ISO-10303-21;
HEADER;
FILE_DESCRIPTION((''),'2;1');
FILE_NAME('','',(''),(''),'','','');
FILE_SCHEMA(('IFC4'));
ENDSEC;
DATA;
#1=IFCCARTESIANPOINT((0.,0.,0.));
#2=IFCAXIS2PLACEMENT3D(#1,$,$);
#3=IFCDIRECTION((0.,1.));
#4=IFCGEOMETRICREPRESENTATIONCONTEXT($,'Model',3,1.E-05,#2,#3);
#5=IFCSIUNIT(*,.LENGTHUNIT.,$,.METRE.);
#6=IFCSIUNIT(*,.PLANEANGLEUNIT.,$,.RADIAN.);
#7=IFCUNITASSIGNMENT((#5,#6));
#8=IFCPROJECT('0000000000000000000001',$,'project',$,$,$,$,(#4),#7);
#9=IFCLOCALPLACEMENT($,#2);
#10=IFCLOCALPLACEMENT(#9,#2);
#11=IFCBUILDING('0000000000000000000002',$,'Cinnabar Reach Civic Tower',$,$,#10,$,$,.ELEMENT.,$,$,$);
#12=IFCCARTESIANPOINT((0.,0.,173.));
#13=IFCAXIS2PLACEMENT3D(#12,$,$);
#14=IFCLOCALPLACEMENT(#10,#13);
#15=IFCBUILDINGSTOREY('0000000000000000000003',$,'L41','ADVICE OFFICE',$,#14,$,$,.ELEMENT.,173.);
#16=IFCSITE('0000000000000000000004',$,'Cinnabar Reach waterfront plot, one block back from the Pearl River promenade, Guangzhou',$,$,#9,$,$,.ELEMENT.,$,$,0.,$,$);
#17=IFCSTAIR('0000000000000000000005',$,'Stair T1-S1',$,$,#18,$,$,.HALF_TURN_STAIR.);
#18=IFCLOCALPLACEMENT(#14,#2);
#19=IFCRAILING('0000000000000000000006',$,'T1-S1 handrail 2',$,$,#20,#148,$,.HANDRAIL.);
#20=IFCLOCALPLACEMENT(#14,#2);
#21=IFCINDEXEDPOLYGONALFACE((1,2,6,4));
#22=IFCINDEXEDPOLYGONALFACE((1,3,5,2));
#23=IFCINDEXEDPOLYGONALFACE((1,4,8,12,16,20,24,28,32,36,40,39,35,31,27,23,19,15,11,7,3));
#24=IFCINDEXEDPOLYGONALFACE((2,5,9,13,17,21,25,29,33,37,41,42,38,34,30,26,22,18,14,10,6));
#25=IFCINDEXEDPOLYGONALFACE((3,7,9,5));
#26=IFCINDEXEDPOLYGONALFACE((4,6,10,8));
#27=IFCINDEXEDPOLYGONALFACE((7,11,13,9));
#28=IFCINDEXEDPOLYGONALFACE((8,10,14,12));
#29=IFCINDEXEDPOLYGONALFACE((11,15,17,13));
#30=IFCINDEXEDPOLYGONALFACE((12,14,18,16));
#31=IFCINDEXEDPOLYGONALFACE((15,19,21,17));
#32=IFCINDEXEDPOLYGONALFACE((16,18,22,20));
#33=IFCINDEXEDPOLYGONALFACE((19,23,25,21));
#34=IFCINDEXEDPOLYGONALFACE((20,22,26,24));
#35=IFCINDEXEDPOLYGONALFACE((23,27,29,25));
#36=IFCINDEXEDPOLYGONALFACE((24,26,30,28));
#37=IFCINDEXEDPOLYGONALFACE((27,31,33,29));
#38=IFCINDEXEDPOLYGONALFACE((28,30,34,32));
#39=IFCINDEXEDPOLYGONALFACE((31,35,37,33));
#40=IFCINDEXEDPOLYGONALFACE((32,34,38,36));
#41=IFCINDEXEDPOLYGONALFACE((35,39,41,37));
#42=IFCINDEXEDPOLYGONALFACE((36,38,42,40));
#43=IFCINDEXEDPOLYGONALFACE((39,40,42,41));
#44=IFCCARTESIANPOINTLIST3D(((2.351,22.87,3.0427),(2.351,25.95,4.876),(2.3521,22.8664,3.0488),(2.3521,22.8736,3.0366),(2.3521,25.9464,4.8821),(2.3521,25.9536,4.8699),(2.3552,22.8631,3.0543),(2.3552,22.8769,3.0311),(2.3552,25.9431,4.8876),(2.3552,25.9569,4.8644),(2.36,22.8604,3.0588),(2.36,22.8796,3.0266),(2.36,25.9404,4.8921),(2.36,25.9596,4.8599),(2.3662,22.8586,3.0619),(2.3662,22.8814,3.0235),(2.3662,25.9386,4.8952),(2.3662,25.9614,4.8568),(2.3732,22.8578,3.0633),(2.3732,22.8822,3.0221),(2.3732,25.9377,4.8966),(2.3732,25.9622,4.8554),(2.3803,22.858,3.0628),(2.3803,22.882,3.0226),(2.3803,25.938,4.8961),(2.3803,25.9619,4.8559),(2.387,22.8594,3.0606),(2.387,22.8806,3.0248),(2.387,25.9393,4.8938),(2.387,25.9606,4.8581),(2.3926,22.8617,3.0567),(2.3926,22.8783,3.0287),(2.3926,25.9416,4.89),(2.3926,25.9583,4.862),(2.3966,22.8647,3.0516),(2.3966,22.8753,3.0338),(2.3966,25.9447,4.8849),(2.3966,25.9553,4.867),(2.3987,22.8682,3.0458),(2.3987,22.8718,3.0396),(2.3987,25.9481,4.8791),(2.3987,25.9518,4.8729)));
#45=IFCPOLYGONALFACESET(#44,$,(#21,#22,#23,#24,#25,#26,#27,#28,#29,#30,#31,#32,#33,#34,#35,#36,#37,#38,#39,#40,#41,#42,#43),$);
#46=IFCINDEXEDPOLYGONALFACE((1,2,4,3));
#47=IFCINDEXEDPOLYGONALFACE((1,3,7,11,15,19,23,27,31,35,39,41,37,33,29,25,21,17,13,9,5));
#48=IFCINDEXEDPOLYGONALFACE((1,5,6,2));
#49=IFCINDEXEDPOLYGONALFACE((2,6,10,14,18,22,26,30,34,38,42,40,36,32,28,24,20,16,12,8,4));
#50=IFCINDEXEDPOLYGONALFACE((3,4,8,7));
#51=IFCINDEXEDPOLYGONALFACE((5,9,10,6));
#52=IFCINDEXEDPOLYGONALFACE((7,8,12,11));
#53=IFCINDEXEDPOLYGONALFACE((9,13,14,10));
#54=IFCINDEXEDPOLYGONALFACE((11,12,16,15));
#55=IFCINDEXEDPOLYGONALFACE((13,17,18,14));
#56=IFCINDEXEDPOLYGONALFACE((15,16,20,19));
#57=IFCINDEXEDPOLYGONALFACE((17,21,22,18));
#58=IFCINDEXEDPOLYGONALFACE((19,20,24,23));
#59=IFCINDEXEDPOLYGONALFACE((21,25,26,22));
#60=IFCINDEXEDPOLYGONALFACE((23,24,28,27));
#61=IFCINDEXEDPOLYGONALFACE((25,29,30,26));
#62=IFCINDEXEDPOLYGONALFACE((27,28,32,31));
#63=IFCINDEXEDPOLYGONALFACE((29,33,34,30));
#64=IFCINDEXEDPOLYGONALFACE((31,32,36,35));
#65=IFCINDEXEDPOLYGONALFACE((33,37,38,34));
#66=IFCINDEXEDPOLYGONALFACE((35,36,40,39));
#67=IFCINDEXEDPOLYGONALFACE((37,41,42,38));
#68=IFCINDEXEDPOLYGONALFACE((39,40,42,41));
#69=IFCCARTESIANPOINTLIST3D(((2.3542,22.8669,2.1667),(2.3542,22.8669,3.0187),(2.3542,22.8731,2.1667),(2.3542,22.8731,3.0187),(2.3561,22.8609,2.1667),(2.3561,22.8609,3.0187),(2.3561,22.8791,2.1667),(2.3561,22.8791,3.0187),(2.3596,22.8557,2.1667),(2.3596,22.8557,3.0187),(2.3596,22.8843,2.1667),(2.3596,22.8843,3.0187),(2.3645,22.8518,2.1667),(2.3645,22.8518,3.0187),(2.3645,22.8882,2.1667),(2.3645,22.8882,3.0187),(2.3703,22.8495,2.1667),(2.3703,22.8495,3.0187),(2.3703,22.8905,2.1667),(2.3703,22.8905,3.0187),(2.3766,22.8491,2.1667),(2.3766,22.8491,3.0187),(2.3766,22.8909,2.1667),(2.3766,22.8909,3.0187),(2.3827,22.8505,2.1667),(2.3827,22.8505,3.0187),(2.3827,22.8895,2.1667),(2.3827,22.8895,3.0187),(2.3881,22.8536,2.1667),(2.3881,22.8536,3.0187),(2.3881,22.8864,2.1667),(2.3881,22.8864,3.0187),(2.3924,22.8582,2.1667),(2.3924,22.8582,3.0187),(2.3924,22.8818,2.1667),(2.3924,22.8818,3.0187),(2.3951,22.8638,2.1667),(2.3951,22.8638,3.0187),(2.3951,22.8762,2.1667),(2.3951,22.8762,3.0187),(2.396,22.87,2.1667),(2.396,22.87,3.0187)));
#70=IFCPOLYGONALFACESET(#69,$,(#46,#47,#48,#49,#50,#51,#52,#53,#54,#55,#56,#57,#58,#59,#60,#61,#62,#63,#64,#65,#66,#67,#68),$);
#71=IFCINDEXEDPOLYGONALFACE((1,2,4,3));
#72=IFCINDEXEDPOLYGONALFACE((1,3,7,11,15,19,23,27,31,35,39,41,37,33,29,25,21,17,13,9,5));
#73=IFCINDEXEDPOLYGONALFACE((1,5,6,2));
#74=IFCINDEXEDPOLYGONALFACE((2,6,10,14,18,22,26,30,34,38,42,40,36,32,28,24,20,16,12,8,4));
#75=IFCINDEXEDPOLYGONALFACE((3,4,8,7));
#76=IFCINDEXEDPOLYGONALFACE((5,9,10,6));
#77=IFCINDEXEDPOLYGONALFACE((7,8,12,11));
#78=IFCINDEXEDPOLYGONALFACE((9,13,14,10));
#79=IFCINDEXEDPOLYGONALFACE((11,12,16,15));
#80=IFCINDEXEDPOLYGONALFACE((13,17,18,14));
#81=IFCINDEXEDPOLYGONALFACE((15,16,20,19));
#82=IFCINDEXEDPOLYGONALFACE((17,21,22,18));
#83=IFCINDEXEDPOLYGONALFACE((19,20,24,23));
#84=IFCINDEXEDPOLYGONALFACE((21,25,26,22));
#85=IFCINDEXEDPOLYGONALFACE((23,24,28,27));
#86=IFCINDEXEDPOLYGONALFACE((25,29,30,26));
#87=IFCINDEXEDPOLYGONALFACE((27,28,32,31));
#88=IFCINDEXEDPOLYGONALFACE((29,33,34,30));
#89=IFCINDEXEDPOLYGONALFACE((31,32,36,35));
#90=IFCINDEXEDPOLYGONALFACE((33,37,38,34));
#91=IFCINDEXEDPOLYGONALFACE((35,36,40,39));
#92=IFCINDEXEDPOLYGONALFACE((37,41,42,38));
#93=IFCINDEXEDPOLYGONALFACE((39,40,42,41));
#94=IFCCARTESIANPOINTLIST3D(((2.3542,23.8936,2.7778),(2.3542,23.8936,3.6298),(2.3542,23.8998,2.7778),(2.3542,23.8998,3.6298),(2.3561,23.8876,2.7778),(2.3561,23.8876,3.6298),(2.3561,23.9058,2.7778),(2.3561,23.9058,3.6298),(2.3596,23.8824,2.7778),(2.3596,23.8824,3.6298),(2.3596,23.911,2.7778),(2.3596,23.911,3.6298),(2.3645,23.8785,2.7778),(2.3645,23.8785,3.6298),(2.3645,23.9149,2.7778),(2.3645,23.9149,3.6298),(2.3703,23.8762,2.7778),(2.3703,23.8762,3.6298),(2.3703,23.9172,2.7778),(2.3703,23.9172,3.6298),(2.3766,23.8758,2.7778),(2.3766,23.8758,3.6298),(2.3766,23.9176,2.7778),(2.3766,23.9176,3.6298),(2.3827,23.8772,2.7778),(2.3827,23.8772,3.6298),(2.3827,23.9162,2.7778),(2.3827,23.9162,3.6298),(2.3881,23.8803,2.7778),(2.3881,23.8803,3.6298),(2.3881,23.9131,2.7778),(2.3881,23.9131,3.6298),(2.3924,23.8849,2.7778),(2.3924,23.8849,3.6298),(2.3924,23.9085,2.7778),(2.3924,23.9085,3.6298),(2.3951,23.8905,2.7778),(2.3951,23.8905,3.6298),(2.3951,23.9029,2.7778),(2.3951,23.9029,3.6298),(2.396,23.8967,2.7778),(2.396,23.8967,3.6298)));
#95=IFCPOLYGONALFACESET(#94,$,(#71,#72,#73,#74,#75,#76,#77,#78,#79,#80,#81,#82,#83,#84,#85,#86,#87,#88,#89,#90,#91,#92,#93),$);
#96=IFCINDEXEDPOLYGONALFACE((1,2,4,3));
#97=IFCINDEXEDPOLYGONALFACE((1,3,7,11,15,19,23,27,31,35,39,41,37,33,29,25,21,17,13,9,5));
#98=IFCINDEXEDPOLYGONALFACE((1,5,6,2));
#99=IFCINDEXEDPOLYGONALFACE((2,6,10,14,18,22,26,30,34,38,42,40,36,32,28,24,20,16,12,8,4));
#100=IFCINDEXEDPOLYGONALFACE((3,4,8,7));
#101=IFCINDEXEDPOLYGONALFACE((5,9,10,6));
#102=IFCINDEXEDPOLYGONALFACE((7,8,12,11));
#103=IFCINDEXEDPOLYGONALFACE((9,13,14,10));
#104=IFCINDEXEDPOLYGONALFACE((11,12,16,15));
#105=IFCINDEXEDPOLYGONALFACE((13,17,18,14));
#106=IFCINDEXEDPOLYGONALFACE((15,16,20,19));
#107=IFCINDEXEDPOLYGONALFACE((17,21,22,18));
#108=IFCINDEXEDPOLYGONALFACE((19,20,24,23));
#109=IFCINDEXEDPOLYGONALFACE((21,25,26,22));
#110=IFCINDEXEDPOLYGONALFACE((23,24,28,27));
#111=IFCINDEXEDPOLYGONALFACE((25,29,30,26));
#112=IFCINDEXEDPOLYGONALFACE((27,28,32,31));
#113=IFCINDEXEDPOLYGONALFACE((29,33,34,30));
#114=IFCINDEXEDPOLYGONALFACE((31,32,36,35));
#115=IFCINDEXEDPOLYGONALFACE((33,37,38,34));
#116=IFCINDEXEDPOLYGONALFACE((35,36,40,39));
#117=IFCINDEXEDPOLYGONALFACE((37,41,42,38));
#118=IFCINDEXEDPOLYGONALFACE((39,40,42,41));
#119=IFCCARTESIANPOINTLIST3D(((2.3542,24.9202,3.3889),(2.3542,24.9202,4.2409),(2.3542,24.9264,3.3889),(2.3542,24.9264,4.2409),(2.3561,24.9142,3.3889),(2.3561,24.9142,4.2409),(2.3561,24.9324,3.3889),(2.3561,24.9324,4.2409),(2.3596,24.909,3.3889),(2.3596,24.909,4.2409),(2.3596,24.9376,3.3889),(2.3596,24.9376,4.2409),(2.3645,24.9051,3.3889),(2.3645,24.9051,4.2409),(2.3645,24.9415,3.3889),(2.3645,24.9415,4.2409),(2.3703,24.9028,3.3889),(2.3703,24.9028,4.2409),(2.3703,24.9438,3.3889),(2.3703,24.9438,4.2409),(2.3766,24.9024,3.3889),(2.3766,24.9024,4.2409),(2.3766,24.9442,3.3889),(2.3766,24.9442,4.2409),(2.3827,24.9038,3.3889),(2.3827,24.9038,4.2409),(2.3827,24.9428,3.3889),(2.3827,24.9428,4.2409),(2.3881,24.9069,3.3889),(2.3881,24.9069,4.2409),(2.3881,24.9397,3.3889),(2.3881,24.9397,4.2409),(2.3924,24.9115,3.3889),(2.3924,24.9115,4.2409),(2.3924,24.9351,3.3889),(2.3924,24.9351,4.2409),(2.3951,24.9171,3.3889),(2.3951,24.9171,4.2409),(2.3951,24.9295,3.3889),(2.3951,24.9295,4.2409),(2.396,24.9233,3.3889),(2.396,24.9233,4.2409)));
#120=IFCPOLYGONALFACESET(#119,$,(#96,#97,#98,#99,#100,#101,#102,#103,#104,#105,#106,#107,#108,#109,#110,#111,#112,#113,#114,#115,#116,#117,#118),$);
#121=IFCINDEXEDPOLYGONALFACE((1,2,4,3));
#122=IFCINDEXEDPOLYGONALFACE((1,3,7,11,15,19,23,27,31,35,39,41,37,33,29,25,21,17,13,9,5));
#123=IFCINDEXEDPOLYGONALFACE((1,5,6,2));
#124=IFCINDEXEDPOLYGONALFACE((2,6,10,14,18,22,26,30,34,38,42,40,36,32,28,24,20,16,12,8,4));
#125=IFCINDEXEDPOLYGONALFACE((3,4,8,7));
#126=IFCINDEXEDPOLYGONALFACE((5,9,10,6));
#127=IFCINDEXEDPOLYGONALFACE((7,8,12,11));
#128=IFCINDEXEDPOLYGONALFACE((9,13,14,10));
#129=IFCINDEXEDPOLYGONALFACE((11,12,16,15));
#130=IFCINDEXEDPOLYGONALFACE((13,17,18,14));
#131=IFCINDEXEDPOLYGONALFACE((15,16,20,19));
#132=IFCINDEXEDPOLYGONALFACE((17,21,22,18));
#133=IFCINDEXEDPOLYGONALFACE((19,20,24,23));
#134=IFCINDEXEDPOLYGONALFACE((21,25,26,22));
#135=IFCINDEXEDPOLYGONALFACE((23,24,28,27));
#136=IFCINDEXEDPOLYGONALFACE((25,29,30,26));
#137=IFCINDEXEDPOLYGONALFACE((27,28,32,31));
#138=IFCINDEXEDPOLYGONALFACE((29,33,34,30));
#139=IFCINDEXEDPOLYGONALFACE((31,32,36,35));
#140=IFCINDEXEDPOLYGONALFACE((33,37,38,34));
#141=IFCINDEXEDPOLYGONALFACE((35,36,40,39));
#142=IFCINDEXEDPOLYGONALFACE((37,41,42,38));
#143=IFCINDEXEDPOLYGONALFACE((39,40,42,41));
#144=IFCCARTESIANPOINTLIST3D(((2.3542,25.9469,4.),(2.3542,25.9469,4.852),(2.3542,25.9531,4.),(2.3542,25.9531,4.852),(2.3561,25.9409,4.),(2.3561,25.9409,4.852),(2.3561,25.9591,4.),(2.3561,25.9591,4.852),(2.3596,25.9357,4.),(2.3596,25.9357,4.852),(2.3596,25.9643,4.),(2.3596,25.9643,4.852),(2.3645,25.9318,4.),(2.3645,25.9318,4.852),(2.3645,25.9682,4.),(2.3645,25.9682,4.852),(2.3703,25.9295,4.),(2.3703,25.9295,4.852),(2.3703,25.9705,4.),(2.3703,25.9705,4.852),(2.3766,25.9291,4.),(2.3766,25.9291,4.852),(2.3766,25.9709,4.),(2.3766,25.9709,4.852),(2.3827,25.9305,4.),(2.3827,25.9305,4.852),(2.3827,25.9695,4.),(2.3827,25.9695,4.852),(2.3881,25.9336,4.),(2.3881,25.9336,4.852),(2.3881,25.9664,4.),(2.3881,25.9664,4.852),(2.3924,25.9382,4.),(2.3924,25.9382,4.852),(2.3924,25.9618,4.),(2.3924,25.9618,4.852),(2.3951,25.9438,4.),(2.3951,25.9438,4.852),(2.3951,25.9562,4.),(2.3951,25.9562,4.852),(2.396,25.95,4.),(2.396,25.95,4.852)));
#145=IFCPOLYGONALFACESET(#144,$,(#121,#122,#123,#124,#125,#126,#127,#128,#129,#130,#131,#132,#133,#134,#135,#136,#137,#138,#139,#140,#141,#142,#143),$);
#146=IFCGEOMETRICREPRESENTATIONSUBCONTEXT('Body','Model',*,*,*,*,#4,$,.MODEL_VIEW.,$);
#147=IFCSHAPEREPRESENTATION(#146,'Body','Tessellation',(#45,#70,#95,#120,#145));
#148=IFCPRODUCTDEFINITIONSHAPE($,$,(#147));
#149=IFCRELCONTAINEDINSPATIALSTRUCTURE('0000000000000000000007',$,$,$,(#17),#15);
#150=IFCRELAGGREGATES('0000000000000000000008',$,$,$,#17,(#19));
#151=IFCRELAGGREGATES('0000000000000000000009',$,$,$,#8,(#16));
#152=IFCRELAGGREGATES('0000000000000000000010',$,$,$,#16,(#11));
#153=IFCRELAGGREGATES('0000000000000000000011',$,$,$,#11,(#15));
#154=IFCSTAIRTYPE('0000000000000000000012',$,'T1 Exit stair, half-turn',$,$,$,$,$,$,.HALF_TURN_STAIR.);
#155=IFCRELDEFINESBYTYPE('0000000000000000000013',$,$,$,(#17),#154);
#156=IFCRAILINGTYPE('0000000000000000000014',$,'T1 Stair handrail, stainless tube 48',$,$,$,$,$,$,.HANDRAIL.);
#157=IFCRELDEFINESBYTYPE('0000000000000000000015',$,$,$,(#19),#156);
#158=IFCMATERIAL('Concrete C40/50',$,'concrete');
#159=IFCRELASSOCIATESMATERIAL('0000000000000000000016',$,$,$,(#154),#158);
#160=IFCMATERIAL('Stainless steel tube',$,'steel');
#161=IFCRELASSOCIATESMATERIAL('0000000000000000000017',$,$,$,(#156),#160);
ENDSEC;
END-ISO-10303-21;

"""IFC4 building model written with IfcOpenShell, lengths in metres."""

from ifc_helpers import new_model, si_unit, direction, frame, origin, origin_2d, place, context, subcontext, project, spatial, circle, extrude, material, type_object, element, aggregate, save


model = new_model("IFC4")

# Units and contexts
model_context = context("Model", 3, precision=1e-05, world=origin(), true_north=direction((0.0, 1.0)))
body_context = subcontext(model_context, "Body", "Model", "MODEL_VIEW")
ifc_project = project(units=[si_unit("LENGTHUNIT", "METRE"), si_unit("PLANEANGLEUNIT", "RADIAN")], contexts=[model_context])

# Site, building, storey
site_placement = place(None, origin())
site = spatial("IfcSite", under=ifc_project, at=site_placement, Name="Cinnabar Reach waterfront plot, one block back from the Pearl River promenade, Guangzhou", CompositionType="ELEMENT", RefElevation=0.0)
building_placement = place(site_placement, origin())
building = spatial("IfcBuilding", under=site, at=building_placement, Name="Cinnabar Reach Civic Tower", CompositionType="ELEMENT")
storey_placement = place(building_placement, frame((0.0, 0.0, 173.0)))
storey = spatial("IfcBuildingStorey", under=building, at=storey_placement, Name="L41", Description="ADVICE OFFICE", CompositionType="ELEMENT", Elevation=173.0)

# Shared definitions
ifc_material_1 = material(Name="Concrete C40/50", Category="concrete")

# Stair, railing
stair_type = type_object("IfcStairType", Name="T1 Exit stair, half-turn", PredefinedType="HALF_TURN_STAIR", material=ifc_material_1)
stair_placement = place(storey_placement, origin())
stair = element("IfcStair", 1, at=stair_placement, inside=storey, type_object=stair_type, Name="Stair T1-S1", PredefinedType="HALF_TURN_STAIR")
ifc_material_2 = material(Name="Stainless steel tube", Category="steel")
railing_type = type_object("IfcRailingType", Name="T1 Stair handrail, stainless tube 48", PredefinedType="HANDRAIL", material=ifc_material_2)
railing_1_placement = place(storey_placement, frame((2.375, 22.87, 2.1667)))
railing_1 = element("IfcRailing", 2, at=railing_1_placement, type_object=railing_type, Name="T1-S1 handrail 2", PredefinedType="HANDRAIL", context=body_context, shape_type="SweptSolid", body=[
    extrude(circle(Radius=0.024, at=origin_2d()), frame((0.0, 0.0, 0.876), z_axis=(0.0, 0.859297, 0.511477), x_axis=(-1.0, 0.0, 0.0)), (0.0, 0.0, 1.0), 3.5843),
    extrude(circle(Radius=0.021, at=origin_2d()), origin(), (0.0, 0.0, 1.0), 0.852),
    extrude(circle(Radius=0.021, at=origin_2d()), frame((0.0, 1.0267, 0.6111)), (0.0, 0.0, 1.0), 0.852),
    extrude(circle(Radius=0.021, at=origin_2d()), frame((0.0, 2.0533, 1.2222)), (0.0, 0.0, 1.0), 0.852),
    extrude(circle(Radius=0.021, at=origin_2d()), frame((0.0, 3.08, 1.8333)), (0.0, 0.0, 1.0), 0.852),
])
aggregate(stair, [railing_1])

save(model, "model.ifc")
